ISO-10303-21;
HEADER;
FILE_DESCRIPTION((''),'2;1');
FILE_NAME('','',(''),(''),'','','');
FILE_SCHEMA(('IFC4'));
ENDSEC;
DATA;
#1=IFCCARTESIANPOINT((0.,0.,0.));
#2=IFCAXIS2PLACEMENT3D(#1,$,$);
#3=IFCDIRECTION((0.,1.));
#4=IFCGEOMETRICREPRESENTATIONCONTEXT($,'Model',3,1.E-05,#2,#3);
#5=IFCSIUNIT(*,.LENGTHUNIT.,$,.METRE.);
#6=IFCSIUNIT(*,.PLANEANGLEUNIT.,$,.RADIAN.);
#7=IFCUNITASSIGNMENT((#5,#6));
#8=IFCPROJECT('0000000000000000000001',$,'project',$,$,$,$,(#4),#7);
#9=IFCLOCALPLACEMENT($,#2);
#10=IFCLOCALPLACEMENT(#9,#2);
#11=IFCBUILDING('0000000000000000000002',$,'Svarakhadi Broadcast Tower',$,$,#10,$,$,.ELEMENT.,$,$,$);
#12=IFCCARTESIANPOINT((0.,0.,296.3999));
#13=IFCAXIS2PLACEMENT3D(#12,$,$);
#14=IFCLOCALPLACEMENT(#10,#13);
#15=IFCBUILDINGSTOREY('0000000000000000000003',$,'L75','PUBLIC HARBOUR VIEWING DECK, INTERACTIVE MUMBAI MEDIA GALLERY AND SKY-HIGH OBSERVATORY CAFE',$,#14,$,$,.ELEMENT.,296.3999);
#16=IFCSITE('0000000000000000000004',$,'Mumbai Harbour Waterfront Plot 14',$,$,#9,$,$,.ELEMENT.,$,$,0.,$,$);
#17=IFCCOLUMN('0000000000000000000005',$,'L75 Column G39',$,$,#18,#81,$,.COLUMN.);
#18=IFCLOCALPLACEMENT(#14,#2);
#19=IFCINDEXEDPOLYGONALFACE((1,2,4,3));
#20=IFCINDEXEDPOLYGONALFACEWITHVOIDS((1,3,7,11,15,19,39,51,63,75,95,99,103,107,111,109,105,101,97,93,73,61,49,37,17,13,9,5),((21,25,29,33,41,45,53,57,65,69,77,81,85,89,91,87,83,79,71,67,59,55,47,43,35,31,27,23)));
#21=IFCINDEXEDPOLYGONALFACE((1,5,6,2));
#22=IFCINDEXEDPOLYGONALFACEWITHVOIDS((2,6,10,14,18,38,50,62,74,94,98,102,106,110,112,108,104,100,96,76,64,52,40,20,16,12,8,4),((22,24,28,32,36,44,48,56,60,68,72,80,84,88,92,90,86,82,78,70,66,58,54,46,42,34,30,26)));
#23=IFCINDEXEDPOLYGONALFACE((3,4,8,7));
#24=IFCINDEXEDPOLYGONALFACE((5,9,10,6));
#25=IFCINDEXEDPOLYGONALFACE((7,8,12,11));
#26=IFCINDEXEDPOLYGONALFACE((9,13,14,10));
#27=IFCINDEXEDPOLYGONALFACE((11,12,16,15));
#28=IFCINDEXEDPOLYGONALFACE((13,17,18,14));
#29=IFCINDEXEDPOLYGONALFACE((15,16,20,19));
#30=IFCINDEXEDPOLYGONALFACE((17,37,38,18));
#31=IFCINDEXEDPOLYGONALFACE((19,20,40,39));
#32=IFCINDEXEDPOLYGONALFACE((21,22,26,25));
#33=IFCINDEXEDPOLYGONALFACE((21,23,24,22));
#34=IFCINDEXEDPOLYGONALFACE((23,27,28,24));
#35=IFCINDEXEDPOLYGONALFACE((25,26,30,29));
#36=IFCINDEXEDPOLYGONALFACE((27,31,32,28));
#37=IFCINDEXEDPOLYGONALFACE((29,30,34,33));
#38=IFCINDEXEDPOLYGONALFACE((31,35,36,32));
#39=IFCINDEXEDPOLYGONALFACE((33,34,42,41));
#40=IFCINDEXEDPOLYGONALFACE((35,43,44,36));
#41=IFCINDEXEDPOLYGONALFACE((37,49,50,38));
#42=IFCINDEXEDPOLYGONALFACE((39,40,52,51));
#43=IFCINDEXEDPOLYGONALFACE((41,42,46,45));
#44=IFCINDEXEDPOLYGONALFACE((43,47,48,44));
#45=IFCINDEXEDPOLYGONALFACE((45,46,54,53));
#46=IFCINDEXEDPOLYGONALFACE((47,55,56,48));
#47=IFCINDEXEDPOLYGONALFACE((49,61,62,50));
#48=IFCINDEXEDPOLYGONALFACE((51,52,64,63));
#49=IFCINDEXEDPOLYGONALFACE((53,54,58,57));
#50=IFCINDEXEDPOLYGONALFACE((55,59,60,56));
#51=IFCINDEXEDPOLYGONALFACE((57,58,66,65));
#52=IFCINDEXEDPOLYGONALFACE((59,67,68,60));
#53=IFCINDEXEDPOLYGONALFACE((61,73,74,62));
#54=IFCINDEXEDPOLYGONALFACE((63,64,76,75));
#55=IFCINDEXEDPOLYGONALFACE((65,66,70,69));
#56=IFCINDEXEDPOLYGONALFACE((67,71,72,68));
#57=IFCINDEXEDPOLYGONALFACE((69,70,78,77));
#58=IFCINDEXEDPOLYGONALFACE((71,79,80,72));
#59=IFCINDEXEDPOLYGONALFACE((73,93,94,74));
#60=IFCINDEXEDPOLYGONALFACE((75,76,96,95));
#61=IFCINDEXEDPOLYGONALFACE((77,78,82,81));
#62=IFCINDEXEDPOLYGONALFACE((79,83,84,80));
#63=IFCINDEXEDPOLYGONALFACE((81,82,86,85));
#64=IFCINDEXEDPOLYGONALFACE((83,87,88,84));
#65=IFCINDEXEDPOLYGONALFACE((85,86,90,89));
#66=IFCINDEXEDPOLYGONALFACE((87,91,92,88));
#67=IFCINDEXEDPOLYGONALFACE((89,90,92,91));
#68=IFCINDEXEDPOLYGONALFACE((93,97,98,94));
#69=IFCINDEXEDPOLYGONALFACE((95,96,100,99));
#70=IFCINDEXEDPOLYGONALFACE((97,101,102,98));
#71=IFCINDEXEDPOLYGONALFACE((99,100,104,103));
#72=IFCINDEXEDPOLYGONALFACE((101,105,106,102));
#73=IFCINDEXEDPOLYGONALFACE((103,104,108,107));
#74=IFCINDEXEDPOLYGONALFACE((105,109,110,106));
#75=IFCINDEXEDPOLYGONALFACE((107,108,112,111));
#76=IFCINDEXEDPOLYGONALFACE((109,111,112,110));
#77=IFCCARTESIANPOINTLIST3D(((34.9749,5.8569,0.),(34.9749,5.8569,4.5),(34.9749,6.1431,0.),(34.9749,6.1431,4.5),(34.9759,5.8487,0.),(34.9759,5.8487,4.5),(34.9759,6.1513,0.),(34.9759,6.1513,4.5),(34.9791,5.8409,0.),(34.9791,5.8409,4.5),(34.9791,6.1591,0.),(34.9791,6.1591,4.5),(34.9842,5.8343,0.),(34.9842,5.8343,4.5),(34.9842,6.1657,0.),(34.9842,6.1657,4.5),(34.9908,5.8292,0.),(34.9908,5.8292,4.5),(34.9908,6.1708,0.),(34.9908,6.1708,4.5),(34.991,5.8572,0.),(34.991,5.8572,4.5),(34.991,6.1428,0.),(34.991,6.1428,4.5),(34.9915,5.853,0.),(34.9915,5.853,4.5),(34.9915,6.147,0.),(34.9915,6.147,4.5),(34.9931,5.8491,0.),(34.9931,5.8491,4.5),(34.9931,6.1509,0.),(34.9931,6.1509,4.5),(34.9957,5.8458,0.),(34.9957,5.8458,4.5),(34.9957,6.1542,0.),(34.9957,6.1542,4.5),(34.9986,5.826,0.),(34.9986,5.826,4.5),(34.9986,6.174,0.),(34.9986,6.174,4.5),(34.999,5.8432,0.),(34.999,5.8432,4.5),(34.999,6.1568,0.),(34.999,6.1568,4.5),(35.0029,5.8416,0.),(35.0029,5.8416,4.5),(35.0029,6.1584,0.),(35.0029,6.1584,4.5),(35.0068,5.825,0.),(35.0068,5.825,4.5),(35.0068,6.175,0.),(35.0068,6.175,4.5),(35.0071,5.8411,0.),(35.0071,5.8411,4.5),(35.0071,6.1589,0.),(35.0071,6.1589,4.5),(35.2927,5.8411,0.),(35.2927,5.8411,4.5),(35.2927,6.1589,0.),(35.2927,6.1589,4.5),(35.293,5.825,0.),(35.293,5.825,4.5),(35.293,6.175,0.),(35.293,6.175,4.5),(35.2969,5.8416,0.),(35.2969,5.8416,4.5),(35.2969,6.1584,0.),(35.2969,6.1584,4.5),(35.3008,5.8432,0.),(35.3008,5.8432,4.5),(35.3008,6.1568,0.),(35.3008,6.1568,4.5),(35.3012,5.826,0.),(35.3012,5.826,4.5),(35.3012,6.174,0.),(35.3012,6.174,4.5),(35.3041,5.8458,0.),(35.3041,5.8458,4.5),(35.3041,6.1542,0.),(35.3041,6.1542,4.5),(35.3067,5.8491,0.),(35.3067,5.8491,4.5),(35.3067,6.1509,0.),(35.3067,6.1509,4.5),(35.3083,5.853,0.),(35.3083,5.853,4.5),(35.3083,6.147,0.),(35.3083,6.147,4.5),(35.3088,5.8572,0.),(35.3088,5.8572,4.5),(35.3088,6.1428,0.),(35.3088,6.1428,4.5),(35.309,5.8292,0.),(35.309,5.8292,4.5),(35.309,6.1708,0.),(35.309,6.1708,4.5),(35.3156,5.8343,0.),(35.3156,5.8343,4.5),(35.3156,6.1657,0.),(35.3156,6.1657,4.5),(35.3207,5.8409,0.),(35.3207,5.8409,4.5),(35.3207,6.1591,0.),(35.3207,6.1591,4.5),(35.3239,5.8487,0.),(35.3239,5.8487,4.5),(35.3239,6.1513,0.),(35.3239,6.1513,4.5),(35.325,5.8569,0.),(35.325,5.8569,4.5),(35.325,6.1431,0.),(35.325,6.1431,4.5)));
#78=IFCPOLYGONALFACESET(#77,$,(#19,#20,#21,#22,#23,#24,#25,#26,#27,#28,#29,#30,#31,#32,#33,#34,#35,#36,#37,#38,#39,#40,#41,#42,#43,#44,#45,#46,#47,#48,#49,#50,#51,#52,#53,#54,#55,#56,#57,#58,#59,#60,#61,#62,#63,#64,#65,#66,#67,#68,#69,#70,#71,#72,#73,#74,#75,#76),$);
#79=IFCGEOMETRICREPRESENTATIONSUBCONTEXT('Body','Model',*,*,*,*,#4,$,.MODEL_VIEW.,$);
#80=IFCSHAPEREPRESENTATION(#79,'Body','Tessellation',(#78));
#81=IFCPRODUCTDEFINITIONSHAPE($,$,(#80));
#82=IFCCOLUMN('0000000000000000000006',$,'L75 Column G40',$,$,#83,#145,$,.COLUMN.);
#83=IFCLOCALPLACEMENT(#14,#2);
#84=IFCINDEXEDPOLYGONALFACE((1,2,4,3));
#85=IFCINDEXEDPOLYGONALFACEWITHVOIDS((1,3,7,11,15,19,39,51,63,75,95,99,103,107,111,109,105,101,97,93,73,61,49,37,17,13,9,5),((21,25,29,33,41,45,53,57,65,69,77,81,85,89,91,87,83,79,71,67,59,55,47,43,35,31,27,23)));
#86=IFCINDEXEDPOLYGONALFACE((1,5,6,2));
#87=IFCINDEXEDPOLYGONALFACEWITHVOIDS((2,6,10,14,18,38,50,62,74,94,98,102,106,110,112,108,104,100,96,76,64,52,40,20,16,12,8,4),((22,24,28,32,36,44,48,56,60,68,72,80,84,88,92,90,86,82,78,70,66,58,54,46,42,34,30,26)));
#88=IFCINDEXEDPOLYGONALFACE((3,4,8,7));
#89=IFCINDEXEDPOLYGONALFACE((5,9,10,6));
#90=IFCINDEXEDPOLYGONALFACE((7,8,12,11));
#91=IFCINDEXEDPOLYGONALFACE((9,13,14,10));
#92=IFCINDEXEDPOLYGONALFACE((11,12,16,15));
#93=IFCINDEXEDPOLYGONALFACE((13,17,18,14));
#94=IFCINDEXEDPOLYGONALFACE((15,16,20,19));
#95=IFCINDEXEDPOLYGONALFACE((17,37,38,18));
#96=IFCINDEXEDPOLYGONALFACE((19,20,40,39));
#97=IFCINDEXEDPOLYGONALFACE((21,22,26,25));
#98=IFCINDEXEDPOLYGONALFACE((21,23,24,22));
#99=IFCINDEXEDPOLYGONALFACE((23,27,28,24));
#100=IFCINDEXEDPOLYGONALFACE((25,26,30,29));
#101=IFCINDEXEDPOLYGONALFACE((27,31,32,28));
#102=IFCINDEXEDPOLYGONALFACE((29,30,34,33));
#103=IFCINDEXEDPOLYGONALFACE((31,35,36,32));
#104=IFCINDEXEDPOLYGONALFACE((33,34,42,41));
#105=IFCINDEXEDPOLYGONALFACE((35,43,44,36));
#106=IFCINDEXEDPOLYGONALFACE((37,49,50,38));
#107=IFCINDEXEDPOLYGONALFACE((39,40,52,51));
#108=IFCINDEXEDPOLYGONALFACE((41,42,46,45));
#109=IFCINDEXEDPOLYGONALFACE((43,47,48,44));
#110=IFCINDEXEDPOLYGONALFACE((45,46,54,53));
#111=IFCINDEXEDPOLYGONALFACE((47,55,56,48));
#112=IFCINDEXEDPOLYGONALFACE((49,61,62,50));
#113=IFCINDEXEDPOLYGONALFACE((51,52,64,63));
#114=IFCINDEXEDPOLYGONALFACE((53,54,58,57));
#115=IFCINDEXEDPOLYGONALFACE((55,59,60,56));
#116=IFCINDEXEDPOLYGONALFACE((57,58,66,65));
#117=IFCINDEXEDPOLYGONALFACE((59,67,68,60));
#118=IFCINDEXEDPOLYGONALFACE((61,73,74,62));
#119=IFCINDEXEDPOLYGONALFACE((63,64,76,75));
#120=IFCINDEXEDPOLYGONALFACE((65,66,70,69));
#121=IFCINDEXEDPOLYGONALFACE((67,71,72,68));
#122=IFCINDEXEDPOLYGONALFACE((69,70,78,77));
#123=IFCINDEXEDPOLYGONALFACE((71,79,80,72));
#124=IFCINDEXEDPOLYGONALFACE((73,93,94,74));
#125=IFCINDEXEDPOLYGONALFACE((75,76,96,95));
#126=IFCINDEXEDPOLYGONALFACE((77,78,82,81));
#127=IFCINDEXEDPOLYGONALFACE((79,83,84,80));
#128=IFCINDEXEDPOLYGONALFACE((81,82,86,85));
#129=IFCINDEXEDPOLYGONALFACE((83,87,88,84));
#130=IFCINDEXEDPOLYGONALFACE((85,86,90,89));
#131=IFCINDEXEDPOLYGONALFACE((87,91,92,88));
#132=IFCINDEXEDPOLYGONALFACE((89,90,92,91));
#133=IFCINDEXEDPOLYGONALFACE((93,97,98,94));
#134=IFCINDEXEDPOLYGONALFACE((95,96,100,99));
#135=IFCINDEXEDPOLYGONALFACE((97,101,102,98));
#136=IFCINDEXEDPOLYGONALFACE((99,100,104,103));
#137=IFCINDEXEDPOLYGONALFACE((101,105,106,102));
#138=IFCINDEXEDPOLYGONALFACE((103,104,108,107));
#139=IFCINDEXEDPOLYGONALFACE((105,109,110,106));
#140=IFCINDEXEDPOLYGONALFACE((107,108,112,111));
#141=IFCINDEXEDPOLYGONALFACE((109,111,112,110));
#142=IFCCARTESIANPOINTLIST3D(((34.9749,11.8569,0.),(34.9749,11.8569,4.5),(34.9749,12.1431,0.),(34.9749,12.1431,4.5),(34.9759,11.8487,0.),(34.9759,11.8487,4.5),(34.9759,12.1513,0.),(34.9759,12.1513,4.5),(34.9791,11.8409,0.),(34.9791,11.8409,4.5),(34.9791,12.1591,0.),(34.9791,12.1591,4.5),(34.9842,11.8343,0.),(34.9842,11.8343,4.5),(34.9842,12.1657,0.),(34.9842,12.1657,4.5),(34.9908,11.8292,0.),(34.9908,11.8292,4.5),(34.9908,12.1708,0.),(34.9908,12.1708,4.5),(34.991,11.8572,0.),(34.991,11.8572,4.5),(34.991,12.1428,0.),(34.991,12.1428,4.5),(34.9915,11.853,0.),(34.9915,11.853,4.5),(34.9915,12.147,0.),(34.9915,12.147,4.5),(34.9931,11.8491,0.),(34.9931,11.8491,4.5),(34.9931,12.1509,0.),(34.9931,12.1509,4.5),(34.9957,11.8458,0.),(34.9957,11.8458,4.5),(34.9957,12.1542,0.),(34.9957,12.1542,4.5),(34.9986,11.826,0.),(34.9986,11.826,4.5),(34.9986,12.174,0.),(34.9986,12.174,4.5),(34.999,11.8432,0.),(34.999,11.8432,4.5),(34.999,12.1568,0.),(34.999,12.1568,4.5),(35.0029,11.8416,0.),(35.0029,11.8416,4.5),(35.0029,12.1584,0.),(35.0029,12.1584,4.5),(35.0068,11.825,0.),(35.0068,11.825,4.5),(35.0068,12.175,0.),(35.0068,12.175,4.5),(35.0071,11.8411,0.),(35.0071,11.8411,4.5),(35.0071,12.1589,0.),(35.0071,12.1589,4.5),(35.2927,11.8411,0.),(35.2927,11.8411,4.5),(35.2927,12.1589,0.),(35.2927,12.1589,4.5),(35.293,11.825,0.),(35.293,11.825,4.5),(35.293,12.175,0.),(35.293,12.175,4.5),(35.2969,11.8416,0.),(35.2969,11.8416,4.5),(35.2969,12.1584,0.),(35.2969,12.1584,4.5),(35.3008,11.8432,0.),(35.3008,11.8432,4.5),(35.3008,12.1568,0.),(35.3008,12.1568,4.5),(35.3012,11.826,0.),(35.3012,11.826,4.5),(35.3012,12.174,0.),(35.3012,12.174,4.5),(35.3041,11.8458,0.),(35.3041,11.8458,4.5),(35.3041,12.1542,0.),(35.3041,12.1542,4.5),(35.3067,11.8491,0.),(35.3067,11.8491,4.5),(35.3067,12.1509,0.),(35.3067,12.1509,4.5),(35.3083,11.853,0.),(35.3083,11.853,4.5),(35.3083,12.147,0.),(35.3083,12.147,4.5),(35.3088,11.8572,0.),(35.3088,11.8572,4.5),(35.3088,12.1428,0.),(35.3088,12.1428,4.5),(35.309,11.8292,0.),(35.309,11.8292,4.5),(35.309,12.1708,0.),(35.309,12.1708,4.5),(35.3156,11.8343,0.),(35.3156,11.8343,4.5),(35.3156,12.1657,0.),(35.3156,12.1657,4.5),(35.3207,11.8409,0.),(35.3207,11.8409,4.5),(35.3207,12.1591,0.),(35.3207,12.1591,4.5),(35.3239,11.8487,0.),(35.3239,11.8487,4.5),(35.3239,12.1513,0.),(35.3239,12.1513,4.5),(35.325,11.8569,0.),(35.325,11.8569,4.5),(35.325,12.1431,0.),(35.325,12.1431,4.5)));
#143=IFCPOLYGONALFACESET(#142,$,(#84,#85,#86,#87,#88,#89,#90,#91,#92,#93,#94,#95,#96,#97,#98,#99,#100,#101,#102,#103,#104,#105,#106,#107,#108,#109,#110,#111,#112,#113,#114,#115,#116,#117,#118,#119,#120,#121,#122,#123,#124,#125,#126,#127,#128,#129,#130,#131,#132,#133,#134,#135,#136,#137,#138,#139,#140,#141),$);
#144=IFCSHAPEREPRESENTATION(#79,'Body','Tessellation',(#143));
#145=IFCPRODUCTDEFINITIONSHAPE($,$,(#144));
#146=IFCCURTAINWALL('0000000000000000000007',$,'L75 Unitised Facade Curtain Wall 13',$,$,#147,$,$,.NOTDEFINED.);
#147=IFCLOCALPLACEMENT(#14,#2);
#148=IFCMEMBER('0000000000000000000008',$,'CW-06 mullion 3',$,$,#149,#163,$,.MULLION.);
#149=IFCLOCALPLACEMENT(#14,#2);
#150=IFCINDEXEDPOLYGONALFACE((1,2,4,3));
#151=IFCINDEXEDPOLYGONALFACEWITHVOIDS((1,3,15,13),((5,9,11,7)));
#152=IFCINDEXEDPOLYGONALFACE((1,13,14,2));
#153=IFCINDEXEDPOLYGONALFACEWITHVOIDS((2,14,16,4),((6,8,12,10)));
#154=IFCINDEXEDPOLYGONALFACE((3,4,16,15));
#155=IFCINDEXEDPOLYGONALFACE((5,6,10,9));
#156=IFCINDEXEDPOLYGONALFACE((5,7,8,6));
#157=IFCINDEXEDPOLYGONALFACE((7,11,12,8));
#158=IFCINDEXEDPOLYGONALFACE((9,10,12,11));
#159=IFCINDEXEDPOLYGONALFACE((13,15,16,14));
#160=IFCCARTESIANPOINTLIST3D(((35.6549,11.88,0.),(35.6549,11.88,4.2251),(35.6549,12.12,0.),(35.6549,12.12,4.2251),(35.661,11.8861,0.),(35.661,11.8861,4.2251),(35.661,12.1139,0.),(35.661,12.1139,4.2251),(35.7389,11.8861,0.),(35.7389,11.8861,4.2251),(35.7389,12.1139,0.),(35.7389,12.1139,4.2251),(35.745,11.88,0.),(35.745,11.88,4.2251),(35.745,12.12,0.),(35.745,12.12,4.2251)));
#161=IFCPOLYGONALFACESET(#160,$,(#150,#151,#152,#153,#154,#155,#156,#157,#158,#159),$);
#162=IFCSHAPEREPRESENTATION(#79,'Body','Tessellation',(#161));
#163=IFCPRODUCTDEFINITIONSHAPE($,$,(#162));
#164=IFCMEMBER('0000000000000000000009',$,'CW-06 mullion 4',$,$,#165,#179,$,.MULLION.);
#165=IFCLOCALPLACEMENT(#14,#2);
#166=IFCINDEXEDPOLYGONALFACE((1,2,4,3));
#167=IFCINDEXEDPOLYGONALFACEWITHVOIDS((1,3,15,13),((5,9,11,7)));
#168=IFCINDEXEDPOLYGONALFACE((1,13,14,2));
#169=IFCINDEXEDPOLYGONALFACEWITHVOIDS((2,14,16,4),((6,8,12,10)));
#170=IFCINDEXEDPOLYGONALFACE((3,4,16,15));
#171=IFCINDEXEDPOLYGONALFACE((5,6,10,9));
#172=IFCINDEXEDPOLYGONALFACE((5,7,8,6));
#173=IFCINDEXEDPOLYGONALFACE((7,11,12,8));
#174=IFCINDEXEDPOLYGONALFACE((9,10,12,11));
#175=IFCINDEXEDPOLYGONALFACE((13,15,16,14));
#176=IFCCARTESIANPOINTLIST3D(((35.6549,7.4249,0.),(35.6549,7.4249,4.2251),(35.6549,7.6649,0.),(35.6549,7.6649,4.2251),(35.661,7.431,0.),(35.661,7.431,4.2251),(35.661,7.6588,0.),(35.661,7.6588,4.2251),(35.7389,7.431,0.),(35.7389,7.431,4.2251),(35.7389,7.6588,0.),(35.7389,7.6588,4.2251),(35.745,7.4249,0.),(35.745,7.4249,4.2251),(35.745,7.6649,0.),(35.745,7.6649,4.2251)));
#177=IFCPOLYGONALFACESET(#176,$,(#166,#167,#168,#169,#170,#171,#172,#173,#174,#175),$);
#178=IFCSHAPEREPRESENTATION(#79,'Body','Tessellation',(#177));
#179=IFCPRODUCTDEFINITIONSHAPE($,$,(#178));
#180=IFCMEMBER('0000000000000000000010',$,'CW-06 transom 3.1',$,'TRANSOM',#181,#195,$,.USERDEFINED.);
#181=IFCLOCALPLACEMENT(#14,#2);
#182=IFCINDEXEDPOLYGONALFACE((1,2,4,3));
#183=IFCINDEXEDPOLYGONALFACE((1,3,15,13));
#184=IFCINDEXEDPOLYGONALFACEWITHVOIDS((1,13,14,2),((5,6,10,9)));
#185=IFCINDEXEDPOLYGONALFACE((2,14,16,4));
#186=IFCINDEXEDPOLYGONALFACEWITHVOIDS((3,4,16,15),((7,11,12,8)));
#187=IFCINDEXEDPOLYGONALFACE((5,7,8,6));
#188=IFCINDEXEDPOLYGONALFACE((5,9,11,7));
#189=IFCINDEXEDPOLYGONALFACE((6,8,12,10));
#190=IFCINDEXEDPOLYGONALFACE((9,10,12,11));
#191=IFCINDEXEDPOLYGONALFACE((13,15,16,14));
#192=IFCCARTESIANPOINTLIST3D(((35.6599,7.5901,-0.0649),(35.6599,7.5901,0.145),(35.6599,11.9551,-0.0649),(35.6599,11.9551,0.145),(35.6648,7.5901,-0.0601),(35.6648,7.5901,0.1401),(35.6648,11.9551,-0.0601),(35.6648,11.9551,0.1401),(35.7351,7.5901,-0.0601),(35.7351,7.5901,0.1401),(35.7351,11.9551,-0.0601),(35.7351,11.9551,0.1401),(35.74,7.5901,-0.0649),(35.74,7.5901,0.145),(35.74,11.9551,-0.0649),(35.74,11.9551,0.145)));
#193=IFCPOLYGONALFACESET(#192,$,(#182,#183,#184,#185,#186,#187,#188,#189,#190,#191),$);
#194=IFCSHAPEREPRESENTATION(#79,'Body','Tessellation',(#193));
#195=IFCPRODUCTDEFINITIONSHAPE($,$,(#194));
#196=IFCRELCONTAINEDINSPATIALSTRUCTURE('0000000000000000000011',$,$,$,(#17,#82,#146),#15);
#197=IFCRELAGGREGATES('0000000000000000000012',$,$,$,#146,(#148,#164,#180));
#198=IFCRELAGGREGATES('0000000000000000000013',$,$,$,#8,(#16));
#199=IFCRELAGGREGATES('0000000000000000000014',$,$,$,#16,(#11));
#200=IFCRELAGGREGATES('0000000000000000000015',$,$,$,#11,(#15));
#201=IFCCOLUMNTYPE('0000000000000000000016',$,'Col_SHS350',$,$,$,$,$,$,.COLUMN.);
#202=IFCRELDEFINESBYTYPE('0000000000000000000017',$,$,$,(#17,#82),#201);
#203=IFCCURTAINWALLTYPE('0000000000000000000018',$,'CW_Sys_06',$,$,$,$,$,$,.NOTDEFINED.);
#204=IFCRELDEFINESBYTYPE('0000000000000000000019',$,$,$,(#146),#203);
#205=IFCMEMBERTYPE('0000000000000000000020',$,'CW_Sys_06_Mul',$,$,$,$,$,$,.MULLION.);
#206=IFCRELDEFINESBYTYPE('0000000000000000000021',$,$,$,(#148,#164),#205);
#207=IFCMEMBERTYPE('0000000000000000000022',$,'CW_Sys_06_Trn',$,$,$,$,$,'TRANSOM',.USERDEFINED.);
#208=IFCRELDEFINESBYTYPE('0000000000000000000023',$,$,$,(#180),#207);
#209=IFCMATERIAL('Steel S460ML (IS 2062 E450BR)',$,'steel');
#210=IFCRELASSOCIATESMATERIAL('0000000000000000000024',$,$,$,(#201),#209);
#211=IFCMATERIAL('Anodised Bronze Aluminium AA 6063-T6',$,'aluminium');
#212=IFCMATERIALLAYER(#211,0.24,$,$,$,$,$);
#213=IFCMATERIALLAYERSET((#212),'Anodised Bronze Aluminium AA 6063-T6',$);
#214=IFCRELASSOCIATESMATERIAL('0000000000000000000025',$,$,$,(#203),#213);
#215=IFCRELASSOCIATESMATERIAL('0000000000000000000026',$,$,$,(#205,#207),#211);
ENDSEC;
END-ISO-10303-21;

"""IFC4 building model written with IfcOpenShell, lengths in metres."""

from ifc_helpers import new_model, si_unit, direction, frame, origin, origin_2d, place, context, subcontext, project, spatial, hollow_rectangle, extrude, material, layer, layer_set, material_profile, profile_set, type_object, element, aggregate, save


model = new_model("IFC4")

# Units and contexts
model_context = context("Model", 3, precision=1e-05, world=origin(), true_north=direction((0.0, 1.0)))
body_context = subcontext(model_context, "Body", "Model", "MODEL_VIEW")
ifc_project = project(units=[si_unit("LENGTHUNIT", "METRE"), si_unit("PLANEANGLEUNIT", "RADIAN")], contexts=[model_context])

# Site, building, storey
site_placement = place(None, origin())
site = spatial("IfcSite", under=ifc_project, at=site_placement, Name="Mumbai Harbour Waterfront Plot 14", CompositionType="ELEMENT", RefElevation=0.0)
building_placement = place(site_placement, origin())
building = spatial("IfcBuilding", under=site, at=building_placement, Name="Svarakhadi Broadcast Tower", CompositionType="ELEMENT")
storey_placement = place(building_placement, frame((0.0, 0.0, 296.3999)))
storey = spatial("IfcBuildingStorey", under=building, at=storey_placement, Name="L75", Description="PUBLIC HARBOUR VIEWING DECK, INTERACTIVE MUMBAI MEDIA GALLERY AND SKY-HIGH OBSERVATORY CAFE", CompositionType="ELEMENT", Elevation=296.3999)

# Columns
ifc_material_1 = material(Name="Steel S460ML (IS 2062 E450BR)", Category="steel")
ifc_material_profile_1 = material_profile(ifc_material_1, hollow_rectangle(XDim=0.3501, YDim=0.3501, WallThickness=0.0161, InnerFilletRadius=0.0161, OuterFilletRadius=0.032, at=origin_2d()), Name="SHS 350x350x16")
ifc_profile_set_1 = profile_set([ifc_material_profile_1], Name="Steel S460ML (IS 2062 E450BR)")
column_type = type_object("IfcColumnType", Name="Col_SHS350", PredefinedType="COLUMN", material=ifc_profile_set_1)
for number, where, z_axis, x_axis, name in (
    (1, (35.1499, 6.0, 0.0), (0.0, 0.0, 1.0), (1.0, 0.0, 0.0), "L75 Column G39"),
    (2, (35.1499, 12.0, 0.0), (0.0, 0.0, 1.0), (1.0, 0.0, 0.0), "L75 Column G40"),
):
    element("IfcColumn", number, at=place(storey_placement, frame(where, z_axis=z_axis, x_axis=x_axis)), inside=storey, type_object=column_type, Name=name, PredefinedType="COLUMN", context=body_context, shape_type="SweptSolid", body=[
        extrude(hollow_rectangle(XDim=0.3501, YDim=0.3501, WallThickness=0.0161, InnerFilletRadius=0.0161, OuterFilletRadius=0.032, at=origin_2d()), origin(), (0.0, 0.0, 1.0), 4.5),
    ])

# Curtain wall, members
ifc_material_2 = material(Name="Anodised Bronze Aluminium AA 6063-T6", Category="aluminium")
ifc_layer_1 = layer(ifc_material_2, 0.24)
ifc_layer_set_1 = layer_set([ifc_layer_1], Name="Anodised Bronze Aluminium AA 6063-T6")
curtain_wall_type = type_object("IfcCurtainWallType", Name="CW_Sys_06", PredefinedType="NOTDEFINED", material=ifc_layer_set_1)
curtain_wall_placement = place(storey_placement, origin())
curtain_wall = element("IfcCurtainWall", 3, at=curtain_wall_placement, inside=storey, type_object=curtain_wall_type, Name="L75 Unitised Facade Curtain Wall 13", PredefinedType="NOTDEFINED")
ifc_material_profile_2 = material_profile(ifc_material_2, hollow_rectangle(XDim=0.0901, YDim=0.24, WallThickness=0.0061, at=origin_2d()), Name="ALU MULLION 240x90x6")
ifc_profile_set_2 = profile_set([ifc_material_profile_2], Name="Anodised Bronze Aluminium AA 6063-T6")
member_type_1 = type_object("IfcMemberType", Name="CW_Sys_06_Mul", PredefinedType="MULLION", material=ifc_profile_set_2)
member_1_placement = place(storey_placement, frame((35.7, 12.0, 0.0), z_axis=(0.0, 0.0, 1.0), x_axis=(1.0, 0.0, 0.0)))
member_1 = element("IfcMember", 4, at=member_1_placement, type_object=member_type_1, Name="CW-06 mullion 3", PredefinedType="MULLION", context=body_context, shape_type="SweptSolid", body=[
    extrude(hollow_rectangle(XDim=0.0901, YDim=0.24, WallThickness=0.0061, at=origin_2d()), origin(), (0.0, 0.0, 1.0), 4.2251),
])
member_2_placement = place(storey_placement, frame((35.7, 7.5449, 0.0), z_axis=(0.0, 0.0, 1.0), x_axis=(1.0, 0.0, 0.0)))
member_2 = element("IfcMember", 5, at=member_2_placement, type_object=member_type_1, Name="CW-06 mullion 4", PredefinedType="MULLION", context=body_context, shape_type="SweptSolid", body=[
    extrude(hollow_rectangle(XDim=0.0901, YDim=0.24, WallThickness=0.0061, at=origin_2d()), origin(), (0.0, 0.0, 1.0), 4.2251),
])
ifc_material_profile_3 = material_profile(ifc_material_2, hollow_rectangle(XDim=0.0801, YDim=0.21, WallThickness=0.0049, at=origin_2d()), Name="ALU TRANSOM 210x80x5")
ifc_profile_set_3 = profile_set([ifc_material_profile_3], Name="Anodised Bronze Aluminium AA 6063-T6")
member_type_2 = type_object("IfcMemberType", Name="CW_Sys_06_Trn", ElementType="TRANSOM", PredefinedType="USERDEFINED", material=ifc_profile_set_3)
member_3_placement = place(storey_placement, frame((35.7, 11.9551, 0.04), z_axis=(0.0, -1.0, 0.0), x_axis=(1.0, 0.0, 0.0)))
member_3 = element("IfcMember", 6, at=member_3_placement, type_object=member_type_2, Name="CW-06 transom 3.1", ObjectType="TRANSOM", PredefinedType="USERDEFINED", context=body_context, shape_type="SweptSolid", body=[
    extrude(hollow_rectangle(XDim=0.0801, YDim=0.21, WallThickness=0.0049, at=origin_2d()), origin(), (0.0, 0.0, 1.0), 4.365),
])

aggregate(curtain_wall, [member_1, member_2, member_3])

save(model, "model.ifc")
